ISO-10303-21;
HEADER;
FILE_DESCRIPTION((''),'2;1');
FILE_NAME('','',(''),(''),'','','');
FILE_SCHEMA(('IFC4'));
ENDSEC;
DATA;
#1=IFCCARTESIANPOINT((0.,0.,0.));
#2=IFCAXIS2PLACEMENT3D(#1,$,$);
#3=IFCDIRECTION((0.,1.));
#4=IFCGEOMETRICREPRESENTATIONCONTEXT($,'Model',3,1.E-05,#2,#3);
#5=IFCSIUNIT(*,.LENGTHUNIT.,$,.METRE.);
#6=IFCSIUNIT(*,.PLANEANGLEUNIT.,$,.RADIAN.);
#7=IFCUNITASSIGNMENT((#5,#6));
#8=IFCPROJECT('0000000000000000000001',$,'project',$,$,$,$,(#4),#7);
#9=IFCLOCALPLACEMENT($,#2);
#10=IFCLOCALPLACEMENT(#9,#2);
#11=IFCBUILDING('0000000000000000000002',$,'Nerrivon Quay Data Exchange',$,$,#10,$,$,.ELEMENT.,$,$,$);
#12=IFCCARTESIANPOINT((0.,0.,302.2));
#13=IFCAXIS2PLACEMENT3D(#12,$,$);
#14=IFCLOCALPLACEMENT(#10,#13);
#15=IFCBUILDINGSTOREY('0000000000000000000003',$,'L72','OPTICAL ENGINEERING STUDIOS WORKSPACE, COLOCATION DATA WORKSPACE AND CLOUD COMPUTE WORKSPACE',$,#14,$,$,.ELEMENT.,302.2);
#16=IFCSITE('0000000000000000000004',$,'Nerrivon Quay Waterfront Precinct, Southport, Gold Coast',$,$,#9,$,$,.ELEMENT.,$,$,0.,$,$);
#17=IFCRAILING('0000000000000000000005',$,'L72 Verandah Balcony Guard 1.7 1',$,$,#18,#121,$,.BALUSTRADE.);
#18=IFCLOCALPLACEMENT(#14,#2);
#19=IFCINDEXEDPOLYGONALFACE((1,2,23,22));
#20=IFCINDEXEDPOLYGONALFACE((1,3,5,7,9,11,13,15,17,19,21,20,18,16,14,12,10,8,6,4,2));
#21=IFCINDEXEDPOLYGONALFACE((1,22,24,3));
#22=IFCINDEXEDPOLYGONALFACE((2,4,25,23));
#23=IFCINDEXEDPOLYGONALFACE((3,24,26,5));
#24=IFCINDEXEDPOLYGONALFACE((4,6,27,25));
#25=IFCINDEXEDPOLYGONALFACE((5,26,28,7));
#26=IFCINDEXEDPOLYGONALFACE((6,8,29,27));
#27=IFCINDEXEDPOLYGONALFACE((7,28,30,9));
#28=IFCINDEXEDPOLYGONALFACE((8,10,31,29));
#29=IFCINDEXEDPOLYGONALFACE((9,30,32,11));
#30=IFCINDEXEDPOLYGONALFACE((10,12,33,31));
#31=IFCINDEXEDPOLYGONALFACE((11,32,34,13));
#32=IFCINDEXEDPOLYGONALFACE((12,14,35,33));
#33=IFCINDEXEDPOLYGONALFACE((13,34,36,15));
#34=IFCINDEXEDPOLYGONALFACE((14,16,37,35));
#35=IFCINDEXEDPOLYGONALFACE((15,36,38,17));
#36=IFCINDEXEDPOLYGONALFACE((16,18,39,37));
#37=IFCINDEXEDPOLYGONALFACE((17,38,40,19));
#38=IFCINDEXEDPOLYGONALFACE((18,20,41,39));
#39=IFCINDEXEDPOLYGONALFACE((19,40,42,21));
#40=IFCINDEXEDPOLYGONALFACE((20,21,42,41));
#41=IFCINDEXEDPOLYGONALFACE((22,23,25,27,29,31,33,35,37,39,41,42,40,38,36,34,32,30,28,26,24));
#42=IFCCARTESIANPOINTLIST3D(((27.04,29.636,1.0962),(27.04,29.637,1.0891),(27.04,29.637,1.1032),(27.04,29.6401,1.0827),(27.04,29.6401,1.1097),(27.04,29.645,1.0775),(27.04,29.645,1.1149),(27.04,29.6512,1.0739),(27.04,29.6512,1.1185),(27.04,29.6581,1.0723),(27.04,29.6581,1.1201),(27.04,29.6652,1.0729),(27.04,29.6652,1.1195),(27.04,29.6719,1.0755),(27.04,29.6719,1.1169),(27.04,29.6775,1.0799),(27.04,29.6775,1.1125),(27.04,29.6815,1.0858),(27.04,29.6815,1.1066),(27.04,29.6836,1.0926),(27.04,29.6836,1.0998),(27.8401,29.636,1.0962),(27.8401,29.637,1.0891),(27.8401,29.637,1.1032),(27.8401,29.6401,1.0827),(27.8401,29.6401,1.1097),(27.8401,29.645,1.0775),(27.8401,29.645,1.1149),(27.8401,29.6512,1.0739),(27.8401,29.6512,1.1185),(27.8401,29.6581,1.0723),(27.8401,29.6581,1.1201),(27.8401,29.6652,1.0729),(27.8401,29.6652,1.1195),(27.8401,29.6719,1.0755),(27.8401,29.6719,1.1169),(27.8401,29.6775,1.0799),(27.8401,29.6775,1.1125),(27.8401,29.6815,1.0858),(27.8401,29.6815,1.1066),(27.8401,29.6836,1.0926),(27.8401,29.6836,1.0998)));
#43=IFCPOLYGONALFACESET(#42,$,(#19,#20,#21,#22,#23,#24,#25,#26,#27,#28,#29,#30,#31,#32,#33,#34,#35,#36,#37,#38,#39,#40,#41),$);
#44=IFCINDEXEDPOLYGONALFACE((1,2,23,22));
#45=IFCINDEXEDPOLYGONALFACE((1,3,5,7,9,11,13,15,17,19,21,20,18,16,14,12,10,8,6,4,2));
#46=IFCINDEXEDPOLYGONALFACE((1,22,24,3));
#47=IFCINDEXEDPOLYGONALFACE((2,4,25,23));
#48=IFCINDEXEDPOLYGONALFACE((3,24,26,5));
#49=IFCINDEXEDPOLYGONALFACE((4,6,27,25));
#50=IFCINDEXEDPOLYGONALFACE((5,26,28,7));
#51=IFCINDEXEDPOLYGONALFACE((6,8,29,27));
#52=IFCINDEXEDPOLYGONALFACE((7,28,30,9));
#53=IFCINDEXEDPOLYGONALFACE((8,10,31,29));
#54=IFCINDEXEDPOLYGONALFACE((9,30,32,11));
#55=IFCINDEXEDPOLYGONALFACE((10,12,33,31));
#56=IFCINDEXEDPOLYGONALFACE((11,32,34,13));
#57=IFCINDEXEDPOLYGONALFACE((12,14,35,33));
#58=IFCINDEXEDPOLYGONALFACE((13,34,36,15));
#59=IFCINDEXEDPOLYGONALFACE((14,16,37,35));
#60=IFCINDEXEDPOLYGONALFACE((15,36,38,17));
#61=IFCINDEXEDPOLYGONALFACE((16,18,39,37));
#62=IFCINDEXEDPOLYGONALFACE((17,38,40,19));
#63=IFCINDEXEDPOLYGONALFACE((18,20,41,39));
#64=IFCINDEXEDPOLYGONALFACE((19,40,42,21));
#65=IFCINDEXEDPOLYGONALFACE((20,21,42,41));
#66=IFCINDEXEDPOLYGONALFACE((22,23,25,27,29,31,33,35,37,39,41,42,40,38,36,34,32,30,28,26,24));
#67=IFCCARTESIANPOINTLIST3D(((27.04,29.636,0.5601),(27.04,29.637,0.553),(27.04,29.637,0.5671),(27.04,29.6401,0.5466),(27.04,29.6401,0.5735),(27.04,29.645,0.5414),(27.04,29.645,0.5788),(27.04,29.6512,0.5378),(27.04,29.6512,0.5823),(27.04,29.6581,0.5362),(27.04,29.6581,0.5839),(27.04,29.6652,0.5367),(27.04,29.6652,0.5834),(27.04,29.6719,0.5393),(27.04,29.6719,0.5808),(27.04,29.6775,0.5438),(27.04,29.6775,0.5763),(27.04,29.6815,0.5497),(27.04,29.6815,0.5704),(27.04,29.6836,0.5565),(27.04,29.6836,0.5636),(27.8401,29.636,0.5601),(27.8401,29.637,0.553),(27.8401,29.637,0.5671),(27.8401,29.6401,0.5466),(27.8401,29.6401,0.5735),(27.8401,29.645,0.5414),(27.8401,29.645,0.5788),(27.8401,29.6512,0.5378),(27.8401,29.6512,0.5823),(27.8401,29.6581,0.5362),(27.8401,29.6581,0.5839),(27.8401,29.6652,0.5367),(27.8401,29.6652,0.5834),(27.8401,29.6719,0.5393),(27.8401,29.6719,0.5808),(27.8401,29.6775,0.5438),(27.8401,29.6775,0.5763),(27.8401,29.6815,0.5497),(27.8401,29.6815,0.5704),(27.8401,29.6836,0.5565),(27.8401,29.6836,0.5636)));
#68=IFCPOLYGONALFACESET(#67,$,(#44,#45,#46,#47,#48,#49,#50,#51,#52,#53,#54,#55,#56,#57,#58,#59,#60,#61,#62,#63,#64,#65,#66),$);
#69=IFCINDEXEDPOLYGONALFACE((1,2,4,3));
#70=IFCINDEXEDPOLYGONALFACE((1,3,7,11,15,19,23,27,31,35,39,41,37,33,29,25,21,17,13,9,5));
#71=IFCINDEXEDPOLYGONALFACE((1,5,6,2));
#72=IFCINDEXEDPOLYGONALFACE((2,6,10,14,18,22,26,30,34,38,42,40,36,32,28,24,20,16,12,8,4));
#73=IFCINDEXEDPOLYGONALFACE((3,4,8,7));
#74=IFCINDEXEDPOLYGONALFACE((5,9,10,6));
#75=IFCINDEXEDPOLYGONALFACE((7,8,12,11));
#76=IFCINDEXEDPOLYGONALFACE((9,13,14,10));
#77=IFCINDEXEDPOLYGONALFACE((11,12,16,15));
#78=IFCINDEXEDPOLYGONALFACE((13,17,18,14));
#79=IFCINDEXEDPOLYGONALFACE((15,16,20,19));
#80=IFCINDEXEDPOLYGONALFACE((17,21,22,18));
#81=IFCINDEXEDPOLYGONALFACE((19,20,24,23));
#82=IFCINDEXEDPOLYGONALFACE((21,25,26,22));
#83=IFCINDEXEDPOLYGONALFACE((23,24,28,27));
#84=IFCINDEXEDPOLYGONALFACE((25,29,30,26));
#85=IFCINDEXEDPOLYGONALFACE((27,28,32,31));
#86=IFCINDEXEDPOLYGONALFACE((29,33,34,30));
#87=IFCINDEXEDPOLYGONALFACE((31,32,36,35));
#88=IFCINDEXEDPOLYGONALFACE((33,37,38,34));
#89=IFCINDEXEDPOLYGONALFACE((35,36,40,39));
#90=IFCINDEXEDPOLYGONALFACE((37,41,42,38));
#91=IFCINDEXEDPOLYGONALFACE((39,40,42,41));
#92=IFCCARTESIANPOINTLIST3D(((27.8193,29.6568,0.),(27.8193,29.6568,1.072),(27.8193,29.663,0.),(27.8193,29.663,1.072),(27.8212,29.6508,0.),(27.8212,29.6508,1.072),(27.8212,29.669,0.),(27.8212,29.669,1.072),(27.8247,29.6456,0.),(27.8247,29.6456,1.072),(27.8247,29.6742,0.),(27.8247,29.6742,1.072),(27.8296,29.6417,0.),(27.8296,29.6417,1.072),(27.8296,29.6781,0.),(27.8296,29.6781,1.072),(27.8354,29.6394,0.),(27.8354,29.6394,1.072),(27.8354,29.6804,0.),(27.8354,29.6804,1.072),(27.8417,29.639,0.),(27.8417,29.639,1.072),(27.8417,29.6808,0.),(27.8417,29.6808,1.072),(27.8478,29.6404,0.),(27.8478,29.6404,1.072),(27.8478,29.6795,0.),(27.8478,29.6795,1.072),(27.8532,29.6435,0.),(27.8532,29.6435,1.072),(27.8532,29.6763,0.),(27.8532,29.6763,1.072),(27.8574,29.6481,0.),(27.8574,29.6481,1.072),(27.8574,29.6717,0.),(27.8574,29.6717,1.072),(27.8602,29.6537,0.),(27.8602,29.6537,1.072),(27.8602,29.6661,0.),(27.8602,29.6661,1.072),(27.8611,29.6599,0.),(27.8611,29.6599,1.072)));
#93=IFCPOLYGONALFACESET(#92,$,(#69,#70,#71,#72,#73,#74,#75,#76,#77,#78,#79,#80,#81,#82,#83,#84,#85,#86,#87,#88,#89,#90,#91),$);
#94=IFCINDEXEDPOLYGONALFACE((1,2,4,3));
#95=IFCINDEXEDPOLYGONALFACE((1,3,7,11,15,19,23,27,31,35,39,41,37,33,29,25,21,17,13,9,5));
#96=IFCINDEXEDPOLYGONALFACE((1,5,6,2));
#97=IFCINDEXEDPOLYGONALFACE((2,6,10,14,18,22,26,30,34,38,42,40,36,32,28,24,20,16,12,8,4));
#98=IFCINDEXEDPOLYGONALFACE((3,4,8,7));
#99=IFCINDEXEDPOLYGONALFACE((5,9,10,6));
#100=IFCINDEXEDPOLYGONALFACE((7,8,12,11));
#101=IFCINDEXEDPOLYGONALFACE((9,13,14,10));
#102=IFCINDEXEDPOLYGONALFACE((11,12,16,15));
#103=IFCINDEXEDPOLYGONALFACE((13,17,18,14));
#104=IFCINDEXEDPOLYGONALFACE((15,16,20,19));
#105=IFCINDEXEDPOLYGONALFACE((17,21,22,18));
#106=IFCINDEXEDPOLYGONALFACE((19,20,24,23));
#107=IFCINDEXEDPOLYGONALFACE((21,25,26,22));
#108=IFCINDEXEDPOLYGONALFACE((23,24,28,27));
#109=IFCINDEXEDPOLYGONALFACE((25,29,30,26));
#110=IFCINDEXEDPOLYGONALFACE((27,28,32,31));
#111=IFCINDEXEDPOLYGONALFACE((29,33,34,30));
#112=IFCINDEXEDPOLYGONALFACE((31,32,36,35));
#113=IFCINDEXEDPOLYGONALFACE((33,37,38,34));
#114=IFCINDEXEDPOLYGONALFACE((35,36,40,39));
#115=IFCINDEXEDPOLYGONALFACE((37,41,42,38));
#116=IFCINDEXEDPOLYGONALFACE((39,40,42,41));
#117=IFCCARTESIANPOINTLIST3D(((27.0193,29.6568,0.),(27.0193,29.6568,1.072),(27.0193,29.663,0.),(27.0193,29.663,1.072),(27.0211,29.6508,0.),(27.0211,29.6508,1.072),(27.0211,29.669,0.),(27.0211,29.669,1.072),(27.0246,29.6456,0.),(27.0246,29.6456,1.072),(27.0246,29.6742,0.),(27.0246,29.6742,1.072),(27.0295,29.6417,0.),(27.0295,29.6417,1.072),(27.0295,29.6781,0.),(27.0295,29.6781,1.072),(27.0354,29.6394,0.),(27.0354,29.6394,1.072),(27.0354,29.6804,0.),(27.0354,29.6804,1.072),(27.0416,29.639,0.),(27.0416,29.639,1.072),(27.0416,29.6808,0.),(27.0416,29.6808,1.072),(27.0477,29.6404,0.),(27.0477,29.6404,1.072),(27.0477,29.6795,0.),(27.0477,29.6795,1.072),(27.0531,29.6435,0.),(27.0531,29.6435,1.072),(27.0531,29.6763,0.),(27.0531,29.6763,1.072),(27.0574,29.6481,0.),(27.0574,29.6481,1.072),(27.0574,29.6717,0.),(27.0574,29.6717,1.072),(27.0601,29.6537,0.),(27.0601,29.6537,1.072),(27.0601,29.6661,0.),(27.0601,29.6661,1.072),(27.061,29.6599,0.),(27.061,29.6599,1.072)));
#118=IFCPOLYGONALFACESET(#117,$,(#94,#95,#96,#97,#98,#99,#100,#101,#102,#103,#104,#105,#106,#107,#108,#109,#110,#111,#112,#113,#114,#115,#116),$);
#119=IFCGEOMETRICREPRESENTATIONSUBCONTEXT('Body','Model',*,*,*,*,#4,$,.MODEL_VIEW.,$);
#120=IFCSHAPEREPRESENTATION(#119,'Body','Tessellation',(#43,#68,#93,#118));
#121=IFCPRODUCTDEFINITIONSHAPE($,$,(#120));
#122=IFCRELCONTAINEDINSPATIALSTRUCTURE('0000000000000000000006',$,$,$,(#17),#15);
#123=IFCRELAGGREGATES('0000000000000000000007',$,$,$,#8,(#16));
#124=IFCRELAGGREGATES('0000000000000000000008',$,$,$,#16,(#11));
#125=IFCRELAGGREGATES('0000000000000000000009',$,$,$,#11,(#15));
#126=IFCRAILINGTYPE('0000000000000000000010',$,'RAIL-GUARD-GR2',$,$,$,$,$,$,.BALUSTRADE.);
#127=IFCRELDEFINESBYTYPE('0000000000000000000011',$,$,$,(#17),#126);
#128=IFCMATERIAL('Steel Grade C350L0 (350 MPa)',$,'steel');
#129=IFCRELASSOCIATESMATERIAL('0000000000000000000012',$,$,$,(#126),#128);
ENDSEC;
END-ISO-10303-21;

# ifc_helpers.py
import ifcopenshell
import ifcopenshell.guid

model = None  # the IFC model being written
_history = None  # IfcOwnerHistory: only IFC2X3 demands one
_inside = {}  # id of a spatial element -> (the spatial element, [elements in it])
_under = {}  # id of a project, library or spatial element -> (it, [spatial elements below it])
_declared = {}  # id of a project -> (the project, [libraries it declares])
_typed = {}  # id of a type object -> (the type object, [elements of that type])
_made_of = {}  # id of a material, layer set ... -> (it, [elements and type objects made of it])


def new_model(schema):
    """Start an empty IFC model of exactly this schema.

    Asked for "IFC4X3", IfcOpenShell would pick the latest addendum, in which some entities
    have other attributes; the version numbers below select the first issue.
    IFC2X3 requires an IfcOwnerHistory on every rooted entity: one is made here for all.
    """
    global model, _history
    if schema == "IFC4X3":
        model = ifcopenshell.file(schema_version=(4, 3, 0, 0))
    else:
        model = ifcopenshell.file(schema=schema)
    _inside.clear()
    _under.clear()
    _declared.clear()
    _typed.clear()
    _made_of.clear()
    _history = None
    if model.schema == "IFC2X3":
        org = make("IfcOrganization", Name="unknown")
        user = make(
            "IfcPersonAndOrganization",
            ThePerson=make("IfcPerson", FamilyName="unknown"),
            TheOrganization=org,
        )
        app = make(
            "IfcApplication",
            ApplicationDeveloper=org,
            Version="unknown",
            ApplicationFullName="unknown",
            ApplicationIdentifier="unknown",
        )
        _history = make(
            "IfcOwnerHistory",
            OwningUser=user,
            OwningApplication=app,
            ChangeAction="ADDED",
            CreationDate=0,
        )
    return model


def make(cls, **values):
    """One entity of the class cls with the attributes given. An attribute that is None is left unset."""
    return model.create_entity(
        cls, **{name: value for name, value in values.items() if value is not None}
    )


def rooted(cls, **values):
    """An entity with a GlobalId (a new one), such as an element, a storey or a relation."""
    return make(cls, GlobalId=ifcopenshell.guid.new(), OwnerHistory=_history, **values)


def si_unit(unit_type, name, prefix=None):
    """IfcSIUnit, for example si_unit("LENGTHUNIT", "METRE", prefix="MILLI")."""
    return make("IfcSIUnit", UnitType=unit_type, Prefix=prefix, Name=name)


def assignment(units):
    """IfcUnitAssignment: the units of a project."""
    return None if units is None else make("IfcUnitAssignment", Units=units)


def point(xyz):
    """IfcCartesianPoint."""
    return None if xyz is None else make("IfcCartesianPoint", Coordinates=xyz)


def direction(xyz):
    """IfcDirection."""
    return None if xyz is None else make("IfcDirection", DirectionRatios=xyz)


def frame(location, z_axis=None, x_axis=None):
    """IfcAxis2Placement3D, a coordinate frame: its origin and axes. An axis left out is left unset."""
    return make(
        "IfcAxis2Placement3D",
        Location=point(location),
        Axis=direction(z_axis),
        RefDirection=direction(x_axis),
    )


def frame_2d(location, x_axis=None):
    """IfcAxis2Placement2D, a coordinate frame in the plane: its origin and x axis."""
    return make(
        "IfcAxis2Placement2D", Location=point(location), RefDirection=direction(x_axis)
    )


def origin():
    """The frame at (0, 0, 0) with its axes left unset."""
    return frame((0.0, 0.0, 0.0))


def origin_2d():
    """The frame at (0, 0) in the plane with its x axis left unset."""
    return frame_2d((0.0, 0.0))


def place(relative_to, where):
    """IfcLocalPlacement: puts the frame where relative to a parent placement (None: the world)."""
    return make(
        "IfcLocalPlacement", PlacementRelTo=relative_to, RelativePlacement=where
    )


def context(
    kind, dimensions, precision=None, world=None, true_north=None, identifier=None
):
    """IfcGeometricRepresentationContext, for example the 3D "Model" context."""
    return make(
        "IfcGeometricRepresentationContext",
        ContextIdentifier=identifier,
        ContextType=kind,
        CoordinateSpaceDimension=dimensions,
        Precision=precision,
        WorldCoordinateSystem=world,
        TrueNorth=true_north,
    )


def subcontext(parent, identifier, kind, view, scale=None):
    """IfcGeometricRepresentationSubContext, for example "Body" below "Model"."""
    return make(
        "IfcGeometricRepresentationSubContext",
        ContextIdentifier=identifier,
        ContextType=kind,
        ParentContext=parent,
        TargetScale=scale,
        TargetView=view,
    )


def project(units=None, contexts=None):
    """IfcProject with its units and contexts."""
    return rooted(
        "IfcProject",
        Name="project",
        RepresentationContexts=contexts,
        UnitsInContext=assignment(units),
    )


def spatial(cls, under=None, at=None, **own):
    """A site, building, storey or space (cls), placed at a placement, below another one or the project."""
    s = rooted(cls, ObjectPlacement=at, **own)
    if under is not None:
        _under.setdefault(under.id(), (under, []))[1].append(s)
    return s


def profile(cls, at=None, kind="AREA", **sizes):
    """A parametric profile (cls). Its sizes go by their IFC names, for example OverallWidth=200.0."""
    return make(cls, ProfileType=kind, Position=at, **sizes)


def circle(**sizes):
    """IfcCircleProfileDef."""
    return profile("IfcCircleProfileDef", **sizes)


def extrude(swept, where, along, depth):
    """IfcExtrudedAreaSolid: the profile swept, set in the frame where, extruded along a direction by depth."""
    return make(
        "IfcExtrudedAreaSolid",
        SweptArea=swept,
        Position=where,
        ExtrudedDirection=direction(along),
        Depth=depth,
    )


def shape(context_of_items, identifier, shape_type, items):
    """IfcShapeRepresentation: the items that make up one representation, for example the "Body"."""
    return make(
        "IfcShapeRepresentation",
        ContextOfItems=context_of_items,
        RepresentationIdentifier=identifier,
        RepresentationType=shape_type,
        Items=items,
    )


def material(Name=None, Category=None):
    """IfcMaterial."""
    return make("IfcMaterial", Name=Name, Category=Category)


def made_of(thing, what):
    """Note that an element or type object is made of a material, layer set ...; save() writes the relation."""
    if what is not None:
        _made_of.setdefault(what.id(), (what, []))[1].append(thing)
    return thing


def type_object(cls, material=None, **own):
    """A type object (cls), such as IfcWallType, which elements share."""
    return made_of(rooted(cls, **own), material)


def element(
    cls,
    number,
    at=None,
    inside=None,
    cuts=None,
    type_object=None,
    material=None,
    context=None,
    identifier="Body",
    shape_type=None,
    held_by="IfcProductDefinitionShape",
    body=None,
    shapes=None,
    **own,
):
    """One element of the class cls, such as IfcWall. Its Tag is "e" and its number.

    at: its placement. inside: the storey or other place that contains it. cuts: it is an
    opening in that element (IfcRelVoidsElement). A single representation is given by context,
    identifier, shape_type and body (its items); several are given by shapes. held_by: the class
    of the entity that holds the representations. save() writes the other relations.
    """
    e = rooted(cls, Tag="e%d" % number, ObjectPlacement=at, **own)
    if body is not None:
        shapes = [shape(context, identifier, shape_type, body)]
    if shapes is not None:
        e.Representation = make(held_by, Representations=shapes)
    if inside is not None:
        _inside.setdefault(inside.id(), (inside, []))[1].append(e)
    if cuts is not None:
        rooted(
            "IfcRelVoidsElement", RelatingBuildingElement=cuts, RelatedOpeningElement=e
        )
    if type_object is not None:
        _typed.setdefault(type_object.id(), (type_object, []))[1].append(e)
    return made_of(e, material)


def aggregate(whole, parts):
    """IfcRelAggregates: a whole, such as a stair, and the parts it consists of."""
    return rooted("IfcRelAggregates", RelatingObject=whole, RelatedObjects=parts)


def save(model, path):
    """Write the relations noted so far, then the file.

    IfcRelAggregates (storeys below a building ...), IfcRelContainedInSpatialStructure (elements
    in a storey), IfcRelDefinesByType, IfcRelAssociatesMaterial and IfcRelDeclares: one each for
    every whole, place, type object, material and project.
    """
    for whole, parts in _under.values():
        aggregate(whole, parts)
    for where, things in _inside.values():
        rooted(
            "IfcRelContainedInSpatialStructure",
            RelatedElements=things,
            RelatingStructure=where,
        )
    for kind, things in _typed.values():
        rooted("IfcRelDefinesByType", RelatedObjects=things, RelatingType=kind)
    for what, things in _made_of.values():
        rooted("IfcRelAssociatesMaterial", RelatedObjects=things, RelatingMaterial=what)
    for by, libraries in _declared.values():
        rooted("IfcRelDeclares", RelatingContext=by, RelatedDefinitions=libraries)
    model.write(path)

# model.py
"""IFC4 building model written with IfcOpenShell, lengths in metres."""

from ifc_helpers import new_model, si_unit, direction, frame, origin, origin_2d, place, context, subcontext, project, spatial, circle, extrude, material, type_object, element, save


model = new_model("IFC4")

# Units and contexts
model_context = context("Model", 3, precision=1e-05, world=origin(), true_north=direction((0.0, 1.0)))
body_context = subcontext(model_context, "Body", "Model", "MODEL_VIEW")
ifc_project = project(units=[si_unit("LENGTHUNIT", "METRE"), si_unit("PLANEANGLEUNIT", "RADIAN")], contexts=[model_context])

# Site, building, storey
site_placement = place(None, origin())
site = spatial("IfcSite", under=ifc_project, at=site_placement, Name="Nerrivon Quay Waterfront Precinct, Southport, Gold Coast", CompositionType="ELEMENT", RefElevation=0.0)
building_placement = place(site_placement, origin())
building = spatial("IfcBuilding", under=site, at=building_placement, Name="Nerrivon Quay Data Exchange", CompositionType="ELEMENT")
storey_placement = place(building_placement, frame((0.0, 0.0, 302.2)))
storey = spatial("IfcBuildingStorey", under=building, at=storey_placement, Name="L72", Description="OPTICAL ENGINEERING STUDIOS WORKSPACE, COLOCATION DATA WORKSPACE AND CLOUD COMPUTE WORKSPACE", CompositionType="ELEMENT", Elevation=302.2)

# Shared definitions
ifc_material_1 = material(Name="Steel Grade C350L0 (350 MPa)", Category="steel")

# Railing
railing_type = type_object("IfcRailingType", Name="RAIL-GUARD-GR2", PredefinedType="BALUSTRADE", material=ifc_material_1)
railing_1_placement = place(storey_placement, frame((27.8401, 29.6599, 0.0)))
element("IfcRailing", 1, at=railing_1_placement, inside=storey, type_object=railing_type, Name="L72 Verandah Balcony Guard 1.7 1", PredefinedType="BALUSTRADE", context=body_context, shape_type="SweptSolid", body=[
    extrude(circle(Radius=0.0239, at=origin_2d()), frame((0.0, 0.0, 1.0962), z_axis=(-1.0, 0.0, 0.0), x_axis=(0.0, -1.0, 0.0)), (0.0, 0.0, 1.0), 0.8),
    extrude(circle(Radius=0.0239, at=origin_2d()), frame((0.0, 0.0, 0.5601), z_axis=(-1.0, 0.0, 0.0), x_axis=(0.0, -1.0, 0.0)), (0.0, 0.0, 1.0), 0.8),
    extrude(circle(Radius=0.021, at=origin_2d()), origin(), (0.0, 0.0, 1.0), 1.072),
    extrude(circle(Radius=0.021, at=origin_2d()), frame((-0.8, 0.0, 0.0)), (0.0, 0.0, 1.0), 1.072),
])

save(model, "model.ifc")
